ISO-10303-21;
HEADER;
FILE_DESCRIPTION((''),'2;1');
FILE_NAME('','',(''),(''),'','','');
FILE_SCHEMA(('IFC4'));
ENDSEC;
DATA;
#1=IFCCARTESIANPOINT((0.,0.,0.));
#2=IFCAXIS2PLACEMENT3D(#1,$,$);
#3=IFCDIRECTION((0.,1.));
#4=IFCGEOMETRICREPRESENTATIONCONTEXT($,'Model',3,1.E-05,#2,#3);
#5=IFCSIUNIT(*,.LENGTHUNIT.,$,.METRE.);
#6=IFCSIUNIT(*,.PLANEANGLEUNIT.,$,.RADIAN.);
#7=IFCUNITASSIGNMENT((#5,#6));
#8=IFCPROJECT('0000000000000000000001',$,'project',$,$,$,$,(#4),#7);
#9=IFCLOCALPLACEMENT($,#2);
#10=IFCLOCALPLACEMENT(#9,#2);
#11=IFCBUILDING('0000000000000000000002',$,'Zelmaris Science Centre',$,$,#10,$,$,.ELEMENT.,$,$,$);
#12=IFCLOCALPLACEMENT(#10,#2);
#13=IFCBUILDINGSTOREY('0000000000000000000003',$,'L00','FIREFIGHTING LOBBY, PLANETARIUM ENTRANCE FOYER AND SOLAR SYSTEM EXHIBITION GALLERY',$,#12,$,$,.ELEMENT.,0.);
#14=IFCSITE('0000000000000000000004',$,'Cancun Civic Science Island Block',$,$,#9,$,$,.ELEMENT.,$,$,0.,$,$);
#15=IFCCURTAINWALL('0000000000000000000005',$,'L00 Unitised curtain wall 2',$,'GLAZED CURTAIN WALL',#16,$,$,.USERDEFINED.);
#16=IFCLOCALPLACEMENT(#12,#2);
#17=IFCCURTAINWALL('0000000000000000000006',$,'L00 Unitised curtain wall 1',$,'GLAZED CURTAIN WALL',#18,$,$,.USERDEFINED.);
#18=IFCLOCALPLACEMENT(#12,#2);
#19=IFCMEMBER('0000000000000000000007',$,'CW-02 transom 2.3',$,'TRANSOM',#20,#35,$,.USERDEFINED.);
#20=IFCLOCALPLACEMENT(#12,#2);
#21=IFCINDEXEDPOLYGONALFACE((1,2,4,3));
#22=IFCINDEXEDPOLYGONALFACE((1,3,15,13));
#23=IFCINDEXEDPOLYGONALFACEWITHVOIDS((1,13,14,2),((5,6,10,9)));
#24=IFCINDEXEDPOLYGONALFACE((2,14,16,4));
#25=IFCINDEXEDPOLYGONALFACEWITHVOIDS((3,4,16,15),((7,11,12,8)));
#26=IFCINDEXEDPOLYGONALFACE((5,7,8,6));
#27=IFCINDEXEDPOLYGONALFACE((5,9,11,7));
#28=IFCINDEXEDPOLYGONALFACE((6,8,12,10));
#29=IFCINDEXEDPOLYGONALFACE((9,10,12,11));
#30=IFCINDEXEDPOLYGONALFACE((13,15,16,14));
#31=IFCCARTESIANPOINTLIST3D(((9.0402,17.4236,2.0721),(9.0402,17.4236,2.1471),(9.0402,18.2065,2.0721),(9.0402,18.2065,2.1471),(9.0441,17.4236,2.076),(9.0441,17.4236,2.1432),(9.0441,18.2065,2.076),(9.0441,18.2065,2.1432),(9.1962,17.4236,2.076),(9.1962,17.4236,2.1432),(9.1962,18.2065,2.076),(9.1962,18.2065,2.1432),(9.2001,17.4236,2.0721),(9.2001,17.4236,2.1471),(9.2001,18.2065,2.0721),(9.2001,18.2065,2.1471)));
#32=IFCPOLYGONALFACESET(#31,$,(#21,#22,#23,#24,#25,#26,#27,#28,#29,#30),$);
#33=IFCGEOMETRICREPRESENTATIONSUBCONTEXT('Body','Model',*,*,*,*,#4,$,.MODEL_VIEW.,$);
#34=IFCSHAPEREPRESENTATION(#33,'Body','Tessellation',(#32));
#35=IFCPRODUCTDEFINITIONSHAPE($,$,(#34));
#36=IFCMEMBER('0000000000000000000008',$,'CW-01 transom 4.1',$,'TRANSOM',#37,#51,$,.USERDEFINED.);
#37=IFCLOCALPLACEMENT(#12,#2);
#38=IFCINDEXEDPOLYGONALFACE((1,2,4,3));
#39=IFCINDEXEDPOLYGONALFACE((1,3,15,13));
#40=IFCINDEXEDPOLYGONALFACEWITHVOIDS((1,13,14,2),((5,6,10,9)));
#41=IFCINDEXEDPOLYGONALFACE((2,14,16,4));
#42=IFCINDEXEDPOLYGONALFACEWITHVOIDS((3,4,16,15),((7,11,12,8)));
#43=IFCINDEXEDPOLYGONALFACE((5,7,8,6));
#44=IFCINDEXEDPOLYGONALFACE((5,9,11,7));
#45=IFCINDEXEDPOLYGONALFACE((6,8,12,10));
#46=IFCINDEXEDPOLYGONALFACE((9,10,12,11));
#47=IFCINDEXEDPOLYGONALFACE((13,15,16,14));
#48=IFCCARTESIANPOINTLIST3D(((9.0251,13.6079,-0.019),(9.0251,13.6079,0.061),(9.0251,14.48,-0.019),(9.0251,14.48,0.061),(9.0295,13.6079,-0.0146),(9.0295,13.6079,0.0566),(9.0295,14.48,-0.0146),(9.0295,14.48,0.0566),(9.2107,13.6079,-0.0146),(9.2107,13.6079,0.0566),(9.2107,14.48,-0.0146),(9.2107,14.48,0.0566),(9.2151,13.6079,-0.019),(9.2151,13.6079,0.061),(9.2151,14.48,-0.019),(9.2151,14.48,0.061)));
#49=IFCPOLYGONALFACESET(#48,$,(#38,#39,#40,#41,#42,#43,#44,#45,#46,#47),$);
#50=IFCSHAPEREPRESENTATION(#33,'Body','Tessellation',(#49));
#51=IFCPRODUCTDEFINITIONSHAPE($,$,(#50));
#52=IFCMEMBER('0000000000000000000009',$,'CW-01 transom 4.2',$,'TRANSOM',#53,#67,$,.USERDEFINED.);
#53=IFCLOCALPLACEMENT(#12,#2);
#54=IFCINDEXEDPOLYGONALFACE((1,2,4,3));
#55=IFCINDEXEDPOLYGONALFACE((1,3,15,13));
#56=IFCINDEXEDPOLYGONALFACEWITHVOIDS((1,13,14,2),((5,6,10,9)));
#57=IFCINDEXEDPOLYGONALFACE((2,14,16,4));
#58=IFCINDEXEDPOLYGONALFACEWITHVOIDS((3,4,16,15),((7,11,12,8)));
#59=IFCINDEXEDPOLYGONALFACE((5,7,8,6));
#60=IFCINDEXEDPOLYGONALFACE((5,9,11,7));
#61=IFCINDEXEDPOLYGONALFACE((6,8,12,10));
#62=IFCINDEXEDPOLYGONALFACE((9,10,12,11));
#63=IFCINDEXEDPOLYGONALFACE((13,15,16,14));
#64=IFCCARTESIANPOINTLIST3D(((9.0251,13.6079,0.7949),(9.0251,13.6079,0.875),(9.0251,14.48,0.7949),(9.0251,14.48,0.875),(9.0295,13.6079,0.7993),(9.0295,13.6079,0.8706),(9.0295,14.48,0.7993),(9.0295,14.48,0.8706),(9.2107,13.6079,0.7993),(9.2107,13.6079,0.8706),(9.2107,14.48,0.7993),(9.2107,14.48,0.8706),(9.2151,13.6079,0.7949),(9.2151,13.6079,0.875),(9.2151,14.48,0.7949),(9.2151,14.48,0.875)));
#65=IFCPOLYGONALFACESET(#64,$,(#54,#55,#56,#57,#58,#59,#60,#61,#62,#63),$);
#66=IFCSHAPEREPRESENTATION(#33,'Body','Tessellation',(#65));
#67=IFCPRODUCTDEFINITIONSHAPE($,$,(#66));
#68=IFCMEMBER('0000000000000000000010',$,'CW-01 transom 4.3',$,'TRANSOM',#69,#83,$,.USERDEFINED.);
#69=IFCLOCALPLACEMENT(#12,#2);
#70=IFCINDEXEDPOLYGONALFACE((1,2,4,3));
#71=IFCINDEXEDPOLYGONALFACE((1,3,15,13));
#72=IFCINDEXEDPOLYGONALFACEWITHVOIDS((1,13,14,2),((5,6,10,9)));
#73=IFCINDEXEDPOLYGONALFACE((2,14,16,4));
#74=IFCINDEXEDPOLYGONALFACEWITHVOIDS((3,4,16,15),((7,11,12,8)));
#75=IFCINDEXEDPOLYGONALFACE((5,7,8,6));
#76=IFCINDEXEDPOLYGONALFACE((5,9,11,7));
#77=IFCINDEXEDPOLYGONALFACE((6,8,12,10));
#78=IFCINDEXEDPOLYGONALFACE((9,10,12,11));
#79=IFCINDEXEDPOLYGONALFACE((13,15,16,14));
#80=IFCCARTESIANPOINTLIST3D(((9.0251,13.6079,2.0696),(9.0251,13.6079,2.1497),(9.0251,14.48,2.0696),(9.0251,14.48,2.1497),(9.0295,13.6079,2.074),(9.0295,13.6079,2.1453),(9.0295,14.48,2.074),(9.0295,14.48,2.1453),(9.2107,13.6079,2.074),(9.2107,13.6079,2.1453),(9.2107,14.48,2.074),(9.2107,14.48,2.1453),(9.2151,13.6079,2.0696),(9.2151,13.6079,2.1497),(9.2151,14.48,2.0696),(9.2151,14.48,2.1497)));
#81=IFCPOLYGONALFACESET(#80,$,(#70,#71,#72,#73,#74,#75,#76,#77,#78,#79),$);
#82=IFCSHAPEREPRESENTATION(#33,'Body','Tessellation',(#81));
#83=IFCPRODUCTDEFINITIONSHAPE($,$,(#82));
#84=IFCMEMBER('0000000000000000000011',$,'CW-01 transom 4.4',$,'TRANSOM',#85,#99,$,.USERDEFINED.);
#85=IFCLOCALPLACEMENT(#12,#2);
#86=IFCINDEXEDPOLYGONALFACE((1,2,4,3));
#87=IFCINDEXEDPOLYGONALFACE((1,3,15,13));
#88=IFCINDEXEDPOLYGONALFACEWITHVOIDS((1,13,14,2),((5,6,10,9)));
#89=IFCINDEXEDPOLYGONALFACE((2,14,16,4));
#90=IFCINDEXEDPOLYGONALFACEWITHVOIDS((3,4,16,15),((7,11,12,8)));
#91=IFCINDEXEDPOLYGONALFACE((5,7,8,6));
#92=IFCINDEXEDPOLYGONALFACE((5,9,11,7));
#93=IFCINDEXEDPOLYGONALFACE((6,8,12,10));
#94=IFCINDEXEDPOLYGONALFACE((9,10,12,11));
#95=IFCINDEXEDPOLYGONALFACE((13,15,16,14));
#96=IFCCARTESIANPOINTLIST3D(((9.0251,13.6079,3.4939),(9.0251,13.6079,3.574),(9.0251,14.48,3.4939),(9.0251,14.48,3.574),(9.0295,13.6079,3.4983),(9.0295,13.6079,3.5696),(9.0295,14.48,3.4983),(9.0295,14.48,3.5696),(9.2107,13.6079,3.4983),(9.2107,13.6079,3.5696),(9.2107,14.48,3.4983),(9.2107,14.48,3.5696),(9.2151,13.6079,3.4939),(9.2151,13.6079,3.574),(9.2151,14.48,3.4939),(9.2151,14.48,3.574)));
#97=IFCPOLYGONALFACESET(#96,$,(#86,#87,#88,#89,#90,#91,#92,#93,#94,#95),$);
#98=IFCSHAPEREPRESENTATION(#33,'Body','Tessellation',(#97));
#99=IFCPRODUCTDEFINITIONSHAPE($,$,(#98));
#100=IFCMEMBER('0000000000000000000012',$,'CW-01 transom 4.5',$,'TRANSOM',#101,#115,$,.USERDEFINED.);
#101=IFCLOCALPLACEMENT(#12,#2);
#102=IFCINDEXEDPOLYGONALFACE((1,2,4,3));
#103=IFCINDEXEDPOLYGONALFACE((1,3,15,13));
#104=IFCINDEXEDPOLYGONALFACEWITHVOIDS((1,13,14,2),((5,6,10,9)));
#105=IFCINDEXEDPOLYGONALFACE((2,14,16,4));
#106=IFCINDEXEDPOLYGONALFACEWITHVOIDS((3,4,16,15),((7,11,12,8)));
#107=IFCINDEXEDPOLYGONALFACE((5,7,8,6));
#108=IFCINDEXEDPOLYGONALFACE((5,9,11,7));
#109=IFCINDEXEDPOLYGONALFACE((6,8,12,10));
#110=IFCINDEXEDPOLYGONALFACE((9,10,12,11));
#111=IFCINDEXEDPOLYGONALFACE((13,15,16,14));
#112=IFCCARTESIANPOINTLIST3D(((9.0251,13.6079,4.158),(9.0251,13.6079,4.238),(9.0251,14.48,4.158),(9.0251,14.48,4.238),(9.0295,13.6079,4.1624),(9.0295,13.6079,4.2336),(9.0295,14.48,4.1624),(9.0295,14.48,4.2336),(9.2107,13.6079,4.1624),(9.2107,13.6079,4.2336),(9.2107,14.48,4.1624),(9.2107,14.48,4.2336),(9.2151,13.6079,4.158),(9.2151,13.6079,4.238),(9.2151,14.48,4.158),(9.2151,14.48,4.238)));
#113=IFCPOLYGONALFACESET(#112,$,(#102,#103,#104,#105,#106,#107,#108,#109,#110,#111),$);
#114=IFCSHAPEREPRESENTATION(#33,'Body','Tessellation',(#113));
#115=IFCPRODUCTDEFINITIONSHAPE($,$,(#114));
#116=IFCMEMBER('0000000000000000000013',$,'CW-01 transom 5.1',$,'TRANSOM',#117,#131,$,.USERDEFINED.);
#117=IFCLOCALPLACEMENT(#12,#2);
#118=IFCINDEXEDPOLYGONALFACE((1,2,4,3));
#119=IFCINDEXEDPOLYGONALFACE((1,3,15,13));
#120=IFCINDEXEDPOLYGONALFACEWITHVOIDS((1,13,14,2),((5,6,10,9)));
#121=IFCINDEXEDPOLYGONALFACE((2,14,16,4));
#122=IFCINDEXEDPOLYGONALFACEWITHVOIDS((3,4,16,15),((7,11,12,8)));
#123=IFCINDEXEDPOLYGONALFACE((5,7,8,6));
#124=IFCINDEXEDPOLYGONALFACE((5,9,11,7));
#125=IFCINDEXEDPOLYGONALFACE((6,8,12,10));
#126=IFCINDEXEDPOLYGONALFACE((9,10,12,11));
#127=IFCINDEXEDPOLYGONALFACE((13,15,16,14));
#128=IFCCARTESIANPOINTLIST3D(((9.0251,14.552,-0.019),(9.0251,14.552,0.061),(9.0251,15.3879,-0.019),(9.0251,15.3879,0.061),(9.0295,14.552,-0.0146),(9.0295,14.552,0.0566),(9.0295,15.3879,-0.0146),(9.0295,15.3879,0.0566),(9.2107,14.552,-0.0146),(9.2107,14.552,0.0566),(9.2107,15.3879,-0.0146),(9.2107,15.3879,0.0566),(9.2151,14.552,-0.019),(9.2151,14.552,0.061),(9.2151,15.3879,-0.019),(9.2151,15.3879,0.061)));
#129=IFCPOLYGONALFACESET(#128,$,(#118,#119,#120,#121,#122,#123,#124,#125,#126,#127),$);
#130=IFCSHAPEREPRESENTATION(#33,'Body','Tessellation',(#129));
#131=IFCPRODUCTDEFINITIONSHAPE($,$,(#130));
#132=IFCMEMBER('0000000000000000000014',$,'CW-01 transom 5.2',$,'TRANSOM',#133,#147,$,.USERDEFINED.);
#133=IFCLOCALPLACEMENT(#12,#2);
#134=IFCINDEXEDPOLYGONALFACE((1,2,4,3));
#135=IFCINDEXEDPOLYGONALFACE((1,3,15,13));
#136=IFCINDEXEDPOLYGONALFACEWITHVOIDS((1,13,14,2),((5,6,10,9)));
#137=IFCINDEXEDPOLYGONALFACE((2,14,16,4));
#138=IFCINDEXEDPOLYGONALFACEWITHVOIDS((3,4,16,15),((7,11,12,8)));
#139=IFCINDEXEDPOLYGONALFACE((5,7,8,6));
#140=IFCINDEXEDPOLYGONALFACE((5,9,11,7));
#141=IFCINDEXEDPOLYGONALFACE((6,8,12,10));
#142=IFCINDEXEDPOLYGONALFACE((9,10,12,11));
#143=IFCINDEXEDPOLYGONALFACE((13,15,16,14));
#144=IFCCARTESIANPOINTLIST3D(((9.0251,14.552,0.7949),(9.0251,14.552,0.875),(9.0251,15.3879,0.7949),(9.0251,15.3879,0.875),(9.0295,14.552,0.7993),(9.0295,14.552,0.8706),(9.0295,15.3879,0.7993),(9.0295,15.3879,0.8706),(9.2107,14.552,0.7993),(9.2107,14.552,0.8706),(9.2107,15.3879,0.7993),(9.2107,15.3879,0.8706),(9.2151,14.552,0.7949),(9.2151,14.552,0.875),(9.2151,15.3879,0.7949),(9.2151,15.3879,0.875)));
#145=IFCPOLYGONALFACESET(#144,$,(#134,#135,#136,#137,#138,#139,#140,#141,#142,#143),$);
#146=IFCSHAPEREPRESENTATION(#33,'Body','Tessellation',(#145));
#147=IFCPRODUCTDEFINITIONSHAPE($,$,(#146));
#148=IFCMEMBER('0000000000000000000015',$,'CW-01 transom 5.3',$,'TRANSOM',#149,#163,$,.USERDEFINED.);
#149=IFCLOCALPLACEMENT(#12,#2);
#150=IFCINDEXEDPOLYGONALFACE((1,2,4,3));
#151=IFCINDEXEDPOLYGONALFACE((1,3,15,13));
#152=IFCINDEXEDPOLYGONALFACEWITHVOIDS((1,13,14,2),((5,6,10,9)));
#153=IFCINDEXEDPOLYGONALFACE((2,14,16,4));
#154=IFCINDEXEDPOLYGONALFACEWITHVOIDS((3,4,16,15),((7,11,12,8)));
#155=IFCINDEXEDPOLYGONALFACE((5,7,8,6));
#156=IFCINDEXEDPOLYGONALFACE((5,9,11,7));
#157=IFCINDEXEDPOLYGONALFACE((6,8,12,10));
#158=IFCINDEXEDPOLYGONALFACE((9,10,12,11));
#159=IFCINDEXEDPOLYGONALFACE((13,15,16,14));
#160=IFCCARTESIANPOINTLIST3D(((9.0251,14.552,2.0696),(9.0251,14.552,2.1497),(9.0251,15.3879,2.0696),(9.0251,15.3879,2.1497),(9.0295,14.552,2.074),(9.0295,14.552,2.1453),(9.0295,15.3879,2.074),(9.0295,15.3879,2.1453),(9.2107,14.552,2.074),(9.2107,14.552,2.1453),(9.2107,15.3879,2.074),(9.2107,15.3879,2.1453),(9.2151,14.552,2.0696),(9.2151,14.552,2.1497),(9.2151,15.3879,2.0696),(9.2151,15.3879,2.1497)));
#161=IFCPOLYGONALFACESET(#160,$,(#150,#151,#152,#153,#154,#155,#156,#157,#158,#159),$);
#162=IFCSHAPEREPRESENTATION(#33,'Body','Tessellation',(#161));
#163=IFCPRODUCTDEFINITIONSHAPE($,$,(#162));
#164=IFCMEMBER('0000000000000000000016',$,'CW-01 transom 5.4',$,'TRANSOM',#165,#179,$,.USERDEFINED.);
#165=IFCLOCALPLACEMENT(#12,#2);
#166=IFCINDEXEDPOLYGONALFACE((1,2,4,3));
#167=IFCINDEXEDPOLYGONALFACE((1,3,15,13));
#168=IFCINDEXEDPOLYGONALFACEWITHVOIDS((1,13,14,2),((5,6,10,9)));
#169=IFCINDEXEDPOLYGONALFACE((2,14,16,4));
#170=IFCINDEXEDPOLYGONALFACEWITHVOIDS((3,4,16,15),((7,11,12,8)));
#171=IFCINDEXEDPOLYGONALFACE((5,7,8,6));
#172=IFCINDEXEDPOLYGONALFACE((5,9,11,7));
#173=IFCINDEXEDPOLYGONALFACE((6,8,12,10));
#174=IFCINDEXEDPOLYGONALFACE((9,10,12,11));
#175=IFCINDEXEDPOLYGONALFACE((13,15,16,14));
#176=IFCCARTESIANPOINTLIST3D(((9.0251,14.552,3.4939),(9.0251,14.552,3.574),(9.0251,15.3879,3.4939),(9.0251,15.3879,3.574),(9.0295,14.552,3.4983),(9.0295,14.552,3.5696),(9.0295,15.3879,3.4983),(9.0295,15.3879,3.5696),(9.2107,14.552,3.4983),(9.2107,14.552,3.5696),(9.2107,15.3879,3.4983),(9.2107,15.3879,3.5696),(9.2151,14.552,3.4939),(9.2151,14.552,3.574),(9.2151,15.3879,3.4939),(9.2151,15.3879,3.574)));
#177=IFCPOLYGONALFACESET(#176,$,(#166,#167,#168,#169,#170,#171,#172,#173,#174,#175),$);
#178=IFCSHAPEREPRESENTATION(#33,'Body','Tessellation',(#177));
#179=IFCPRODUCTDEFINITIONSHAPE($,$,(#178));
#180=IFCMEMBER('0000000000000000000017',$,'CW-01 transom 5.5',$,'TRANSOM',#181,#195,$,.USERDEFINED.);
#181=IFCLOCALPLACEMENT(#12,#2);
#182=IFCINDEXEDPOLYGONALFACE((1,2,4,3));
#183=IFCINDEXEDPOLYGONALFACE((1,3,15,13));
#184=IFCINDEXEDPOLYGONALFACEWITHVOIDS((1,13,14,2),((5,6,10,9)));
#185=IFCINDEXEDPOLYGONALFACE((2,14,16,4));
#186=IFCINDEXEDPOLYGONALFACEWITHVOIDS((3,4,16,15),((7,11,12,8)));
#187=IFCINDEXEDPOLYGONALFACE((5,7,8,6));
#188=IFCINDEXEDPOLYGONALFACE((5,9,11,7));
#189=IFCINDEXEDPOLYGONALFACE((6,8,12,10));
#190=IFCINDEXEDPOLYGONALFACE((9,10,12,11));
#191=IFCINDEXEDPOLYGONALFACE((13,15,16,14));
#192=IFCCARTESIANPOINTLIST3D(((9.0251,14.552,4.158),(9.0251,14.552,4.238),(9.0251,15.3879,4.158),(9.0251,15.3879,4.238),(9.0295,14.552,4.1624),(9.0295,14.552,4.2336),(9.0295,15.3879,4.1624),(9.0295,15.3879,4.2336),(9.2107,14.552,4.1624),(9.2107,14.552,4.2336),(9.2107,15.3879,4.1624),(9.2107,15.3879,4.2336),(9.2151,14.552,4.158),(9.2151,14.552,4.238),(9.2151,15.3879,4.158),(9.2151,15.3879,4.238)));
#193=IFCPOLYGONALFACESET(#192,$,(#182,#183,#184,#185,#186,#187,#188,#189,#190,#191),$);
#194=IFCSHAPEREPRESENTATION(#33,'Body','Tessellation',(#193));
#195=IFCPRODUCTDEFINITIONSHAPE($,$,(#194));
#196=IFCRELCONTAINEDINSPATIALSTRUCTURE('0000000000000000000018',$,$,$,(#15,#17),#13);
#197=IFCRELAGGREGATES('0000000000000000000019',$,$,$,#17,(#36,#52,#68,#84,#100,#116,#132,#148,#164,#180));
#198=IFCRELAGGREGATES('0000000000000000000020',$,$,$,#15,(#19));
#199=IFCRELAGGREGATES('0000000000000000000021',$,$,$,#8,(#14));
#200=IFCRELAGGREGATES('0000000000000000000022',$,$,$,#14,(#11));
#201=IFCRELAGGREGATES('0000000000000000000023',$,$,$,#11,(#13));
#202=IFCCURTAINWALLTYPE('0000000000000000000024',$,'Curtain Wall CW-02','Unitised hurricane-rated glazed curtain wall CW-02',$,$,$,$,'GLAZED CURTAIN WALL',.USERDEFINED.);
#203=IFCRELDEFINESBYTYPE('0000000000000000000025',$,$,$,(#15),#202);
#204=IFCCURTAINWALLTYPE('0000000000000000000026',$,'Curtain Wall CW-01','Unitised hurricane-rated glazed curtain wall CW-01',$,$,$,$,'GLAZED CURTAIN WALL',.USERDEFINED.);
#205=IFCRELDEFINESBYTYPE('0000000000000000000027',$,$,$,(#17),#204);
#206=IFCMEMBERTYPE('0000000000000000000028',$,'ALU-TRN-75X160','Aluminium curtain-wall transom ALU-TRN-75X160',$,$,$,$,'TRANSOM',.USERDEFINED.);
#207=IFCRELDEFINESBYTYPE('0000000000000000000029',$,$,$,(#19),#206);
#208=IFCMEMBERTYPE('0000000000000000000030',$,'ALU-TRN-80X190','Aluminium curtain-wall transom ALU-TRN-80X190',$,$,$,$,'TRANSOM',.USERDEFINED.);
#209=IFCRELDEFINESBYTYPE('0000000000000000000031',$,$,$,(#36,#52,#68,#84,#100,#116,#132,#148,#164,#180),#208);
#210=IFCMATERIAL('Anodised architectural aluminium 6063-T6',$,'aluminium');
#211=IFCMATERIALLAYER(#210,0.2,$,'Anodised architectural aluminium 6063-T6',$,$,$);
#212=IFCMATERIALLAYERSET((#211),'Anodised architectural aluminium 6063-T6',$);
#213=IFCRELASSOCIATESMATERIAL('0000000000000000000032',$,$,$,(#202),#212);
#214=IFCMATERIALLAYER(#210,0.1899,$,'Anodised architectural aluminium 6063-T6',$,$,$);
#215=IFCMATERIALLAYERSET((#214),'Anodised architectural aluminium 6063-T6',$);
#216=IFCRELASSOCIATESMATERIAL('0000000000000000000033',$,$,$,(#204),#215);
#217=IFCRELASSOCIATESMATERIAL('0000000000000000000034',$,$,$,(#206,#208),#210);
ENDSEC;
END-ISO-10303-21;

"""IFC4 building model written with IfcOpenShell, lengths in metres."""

from ifc_helpers import new_model, si_unit, direction, frame, origin, origin_2d, place, context, subcontext, project, spatial, hollow_rectangle, extrude, material, layer, layer_set, material_profile, profile_set, type_object, element, aggregate, save


model = new_model("IFC4")

# Units and contexts
model_context = context("Model", 3, precision=1e-05, world=origin(), true_north=direction((0.0, 1.0)))
body_context = subcontext(model_context, "Body", "Model", "MODEL_VIEW")
ifc_project = project(units=[si_unit("LENGTHUNIT", "METRE"), si_unit("PLANEANGLEUNIT", "RADIAN")], contexts=[model_context])

# Site, building, storey
site_placement = place(None, origin())
site = spatial("IfcSite", under=ifc_project, at=site_placement, Name="Cancun Civic Science Island Block", CompositionType="ELEMENT", RefElevation=0.0)
building_placement = place(site_placement, origin())
building = spatial("IfcBuilding", under=site, at=building_placement, Name="Zelmaris Science Centre", CompositionType="ELEMENT")
storey_placement = place(building_placement, origin())
storey = spatial("IfcBuildingStorey", under=building, at=storey_placement, Name="L00", Description="FIREFIGHTING LOBBY, PLANETARIUM ENTRANCE FOYER AND SOLAR SYSTEM EXHIBITION GALLERY", CompositionType="ELEMENT", Elevation=0.0)

# Curtain walls
ifc_material_1 = material(Name="Anodised architectural aluminium 6063-T6", Category="aluminium")
ifc_layer_1 = layer(ifc_material_1, 0.2, Name="Anodised architectural aluminium 6063-T6")
ifc_layer_set_1 = layer_set([ifc_layer_1], Name="Anodised architectural aluminium 6063-T6")
curtain_wall_type_1 = type_object("IfcCurtainWallType", Name="Curtain Wall CW-02", Description="Unitised hurricane-rated glazed curtain wall CW-02", ElementType="GLAZED CURTAIN WALL", PredefinedType="USERDEFINED", material=ifc_layer_set_1)
curtain_wall_1_placement = place(storey_placement, origin())
curtain_wall_1 = element("IfcCurtainWall", 1, at=curtain_wall_1_placement, inside=storey, type_object=curtain_wall_type_1, Name="L00 Unitised curtain wall 2", ObjectType="GLAZED CURTAIN WALL", PredefinedType="USERDEFINED")
ifc_layer_2 = layer(ifc_material_1, 0.1899, Name="Anodised architectural aluminium 6063-T6")
ifc_layer_set_2 = layer_set([ifc_layer_2], Name="Anodised architectural aluminium 6063-T6")
curtain_wall_type_2 = type_object("IfcCurtainWallType", Name="Curtain Wall CW-01", Description="Unitised hurricane-rated glazed curtain wall CW-01", ElementType="GLAZED CURTAIN WALL", PredefinedType="USERDEFINED", material=ifc_layer_set_2)
curtain_wall_2_placement = place(storey_placement, origin())
curtain_wall_2 = element("IfcCurtainWall", 2, at=curtain_wall_2_placement, inside=storey, type_object=curtain_wall_type_2, Name="L00 Unitised curtain wall 1", ObjectType="GLAZED CURTAIN WALL", PredefinedType="USERDEFINED")

# Members
ifc_material_profile_1 = material_profile(ifc_material_1, hollow_rectangle(XDim=0.075, YDim=0.1599, WallThickness=0.0039, at=origin_2d()), Name="ALU-TRN-75X160")
ifc_profile_set_1 = profile_set([ifc_material_profile_1], Name="Anodised architectural aluminium 6063-T6")
member_type_1 = type_object("IfcMemberType", Name="ALU-TRN-75X160", Description="Aluminium curtain-wall transom ALU-TRN-75X160", ElementType="TRANSOM", PredefinedType="USERDEFINED", material=ifc_profile_set_1)
member_1_placement = place(storey_placement, frame((9.1201, 17.4236, 2.1096), z_axis=(0.0, 1.0, 0.0), x_axis=(0.0, 0.0, 1.0)))
member_1 = element("IfcMember", 3, at=member_1_placement, type_object=member_type_1, Name="CW-02 transom 2.3", ObjectType="TRANSOM", PredefinedType="USERDEFINED", context=body_context, shape_type="SweptSolid", body=[
    extrude(hollow_rectangle(XDim=0.075, YDim=0.1599, WallThickness=0.0039, at=origin_2d()), origin(), (0.0, 0.0, 1.0), 0.783),
])
ifc_material_profile_2 = material_profile(ifc_material_1, hollow_rectangle(XDim=0.0801, YDim=0.1899, WallThickness=0.0044, at=origin_2d()), Name="ALU-TRN-80X190")
ifc_profile_set_2 = profile_set([ifc_material_profile_2], Name="Anodised architectural aluminium 6063-T6")
member_type_2 = type_object("IfcMemberType", Name="ALU-TRN-80X190", Description="Aluminium curtain-wall transom ALU-TRN-80X190", ElementType="TRANSOM", PredefinedType="USERDEFINED", material=ifc_profile_set_2)
member_2_placement = place(storey_placement, frame((9.1201, 13.6079, 0.021), z_axis=(0.0, 1.0, 0.0), x_axis=(0.0, 0.0, 1.0)))
member_2 = element("IfcMember", 4, at=member_2_placement, type_object=member_type_2, Name="CW-01 transom 4.1", ObjectType="TRANSOM", PredefinedType="USERDEFINED", context=body_context, shape_type="SweptSolid", body=[
    extrude(hollow_rectangle(XDim=0.0801, YDim=0.1899, WallThickness=0.0044, at=origin_2d()), origin(), (0.0, 0.0, 1.0), 0.8721),
])
member_3_placement = place(storey_placement, frame((9.1201, 13.6079, 0.835), z_axis=(0.0, 1.0, 0.0), x_axis=(0.0, 0.0, 1.0)))
member_3 = element("IfcMember", 5, at=member_3_placement, type_object=member_type_2, Name="CW-01 transom 4.2", ObjectType="TRANSOM", PredefinedType="USERDEFINED", context=body_context, shape_type="SweptSolid", body=[
    extrude(hollow_rectangle(XDim=0.0801, YDim=0.1899, WallThickness=0.0044, at=origin_2d()), origin(), (0.0, 0.0, 1.0), 0.8721),
])
member_4_placement = place(storey_placement, frame((9.1201, 13.6079, 2.1096), z_axis=(0.0, 1.0, 0.0), x_axis=(0.0, 0.0, 1.0)))
member_4 = element("IfcMember", 6, at=member_4_placement, type_object=member_type_2, Name="CW-01 transom 4.3", ObjectType="TRANSOM", PredefinedType="USERDEFINED", context=body_context, shape_type="SweptSolid", body=[
    extrude(hollow_rectangle(XDim=0.0801, YDim=0.1899, WallThickness=0.0044, at=origin_2d()), origin(), (0.0, 0.0, 1.0), 0.8721),
])
member_5_placement = place(storey_placement, frame((9.1201, 13.6079, 3.5339), z_axis=(0.0, 1.0, 0.0), x_axis=(0.0, 0.0, 1.0)))
member_5 = element("IfcMember", 7, at=member_5_placement, type_object=member_type_2, Name="CW-01 transom 4.4", ObjectType="TRANSOM", PredefinedType="USERDEFINED", context=body_context, shape_type="SweptSolid", body=[
    extrude(hollow_rectangle(XDim=0.0801, YDim=0.1899, WallThickness=0.0044, at=origin_2d()), origin(), (0.0, 0.0, 1.0), 0.8721),
])
member_6_placement = place(storey_placement, frame((9.1201, 13.6079, 4.198), z_axis=(0.0, 1.0, 0.0), x_axis=(0.0, 0.0, 1.0)))
member_6 = element("IfcMember", 8, at=member_6_placement, type_object=member_type_2, Name="CW-01 transom 4.5", ObjectType="TRANSOM", PredefinedType="USERDEFINED", context=body_context, shape_type="SweptSolid", body=[
    extrude(hollow_rectangle(XDim=0.0801, YDim=0.1899, WallThickness=0.0044, at=origin_2d()), origin(), (0.0, 0.0, 1.0), 0.8721),
])
member_7_placement = place(storey_placement, frame((9.1201, 14.552, 0.021), z_axis=(0.0, 1.0, 0.0), x_axis=(0.0, 0.0, 1.0)))
member_7 = element("IfcMember", 9, at=member_7_placement, type_object=member_type_2, Name="CW-01 transom 5.1", ObjectType="TRANSOM", PredefinedType="USERDEFINED", context=body_context, shape_type="SweptSolid", body=[
    extrude(hollow_rectangle(XDim=0.0801, YDim=0.1899, WallThickness=0.0044, at=origin_2d()), origin(), (0.0, 0.0, 1.0), 0.8359),
])
member_8_placement = place(storey_placement, frame((9.1201, 14.552, 0.835), z_axis=(0.0, 1.0, 0.0), x_axis=(0.0, 0.0, 1.0)))
member_8 = element("IfcMember", 10, at=member_8_placement, type_object=member_type_2, Name="CW-01 transom 5.2", ObjectType="TRANSOM", PredefinedType="USERDEFINED", context=body_context, shape_type="SweptSolid", body=[
    extrude(hollow_rectangle(XDim=0.0801, YDim=0.1899, WallThickness=0.0044, at=origin_2d()), origin(), (0.0, 0.0, 1.0), 0.8359),
])
member_9_placement = place(storey_placement, frame((9.1201, 14.552, 2.1096), z_axis=(0.0, 1.0, 0.0), x_axis=(0.0, 0.0, 1.0)))
member_9 = element("IfcMember", 11, at=member_9_placement, type_object=member_type_2, Name="CW-01 transom 5.3", ObjectType="TRANSOM", PredefinedType="USERDEFINED", context=body_context, shape_type="SweptSolid", body=[
    extrude(hollow_rectangle(XDim=0.0801, YDim=0.1899, WallThickness=0.0044, at=origin_2d()), origin(), (0.0, 0.0, 1.0), 0.8359),
])
member_10_placement = place(storey_placement, frame((9.1201, 14.552, 3.5339), z_axis=(0.0, 1.0, 0.0), x_axis=(0.0, 0.0, 1.0)))
member_10 = element("IfcMember", 12, at=member_10_placement, type_object=member_type_2, Name="CW-01 transom 5.4", ObjectType="TRANSOM", PredefinedType="USERDEFINED", context=body_context, shape_type="SweptSolid", body=[
    extrude(hollow_rectangle(XDim=0.0801, YDim=0.1899, WallThickness=0.0044, at=origin_2d()), origin(), (0.0, 0.0, 1.0), 0.8359),
])
member_11_placement = place(storey_placement, frame((9.1201, 14.552, 4.198), z_axis=(0.0, 1.0, 0.0), x_axis=(0.0, 0.0, 1.0)))
member_11 = element("IfcMember", 13, at=member_11_placement, type_object=member_type_2, Name="CW-01 transom 5.5", ObjectType="TRANSOM", PredefinedType="USERDEFINED", context=body_context, shape_type="SweptSolid", body=[
    extrude(hollow_rectangle(XDim=0.0801, YDim=0.1899, WallThickness=0.0044, at=origin_2d()), origin(), (0.0, 0.0, 1.0), 0.8359),
])

aggregate(curtain_wall_2, [member_2, member_3, member_4, member_5, member_6, member_7, member_8, member_9, member_10, member_11])
aggregate(curtain_wall_1, [member_1])

save(model, "model.ifc")
